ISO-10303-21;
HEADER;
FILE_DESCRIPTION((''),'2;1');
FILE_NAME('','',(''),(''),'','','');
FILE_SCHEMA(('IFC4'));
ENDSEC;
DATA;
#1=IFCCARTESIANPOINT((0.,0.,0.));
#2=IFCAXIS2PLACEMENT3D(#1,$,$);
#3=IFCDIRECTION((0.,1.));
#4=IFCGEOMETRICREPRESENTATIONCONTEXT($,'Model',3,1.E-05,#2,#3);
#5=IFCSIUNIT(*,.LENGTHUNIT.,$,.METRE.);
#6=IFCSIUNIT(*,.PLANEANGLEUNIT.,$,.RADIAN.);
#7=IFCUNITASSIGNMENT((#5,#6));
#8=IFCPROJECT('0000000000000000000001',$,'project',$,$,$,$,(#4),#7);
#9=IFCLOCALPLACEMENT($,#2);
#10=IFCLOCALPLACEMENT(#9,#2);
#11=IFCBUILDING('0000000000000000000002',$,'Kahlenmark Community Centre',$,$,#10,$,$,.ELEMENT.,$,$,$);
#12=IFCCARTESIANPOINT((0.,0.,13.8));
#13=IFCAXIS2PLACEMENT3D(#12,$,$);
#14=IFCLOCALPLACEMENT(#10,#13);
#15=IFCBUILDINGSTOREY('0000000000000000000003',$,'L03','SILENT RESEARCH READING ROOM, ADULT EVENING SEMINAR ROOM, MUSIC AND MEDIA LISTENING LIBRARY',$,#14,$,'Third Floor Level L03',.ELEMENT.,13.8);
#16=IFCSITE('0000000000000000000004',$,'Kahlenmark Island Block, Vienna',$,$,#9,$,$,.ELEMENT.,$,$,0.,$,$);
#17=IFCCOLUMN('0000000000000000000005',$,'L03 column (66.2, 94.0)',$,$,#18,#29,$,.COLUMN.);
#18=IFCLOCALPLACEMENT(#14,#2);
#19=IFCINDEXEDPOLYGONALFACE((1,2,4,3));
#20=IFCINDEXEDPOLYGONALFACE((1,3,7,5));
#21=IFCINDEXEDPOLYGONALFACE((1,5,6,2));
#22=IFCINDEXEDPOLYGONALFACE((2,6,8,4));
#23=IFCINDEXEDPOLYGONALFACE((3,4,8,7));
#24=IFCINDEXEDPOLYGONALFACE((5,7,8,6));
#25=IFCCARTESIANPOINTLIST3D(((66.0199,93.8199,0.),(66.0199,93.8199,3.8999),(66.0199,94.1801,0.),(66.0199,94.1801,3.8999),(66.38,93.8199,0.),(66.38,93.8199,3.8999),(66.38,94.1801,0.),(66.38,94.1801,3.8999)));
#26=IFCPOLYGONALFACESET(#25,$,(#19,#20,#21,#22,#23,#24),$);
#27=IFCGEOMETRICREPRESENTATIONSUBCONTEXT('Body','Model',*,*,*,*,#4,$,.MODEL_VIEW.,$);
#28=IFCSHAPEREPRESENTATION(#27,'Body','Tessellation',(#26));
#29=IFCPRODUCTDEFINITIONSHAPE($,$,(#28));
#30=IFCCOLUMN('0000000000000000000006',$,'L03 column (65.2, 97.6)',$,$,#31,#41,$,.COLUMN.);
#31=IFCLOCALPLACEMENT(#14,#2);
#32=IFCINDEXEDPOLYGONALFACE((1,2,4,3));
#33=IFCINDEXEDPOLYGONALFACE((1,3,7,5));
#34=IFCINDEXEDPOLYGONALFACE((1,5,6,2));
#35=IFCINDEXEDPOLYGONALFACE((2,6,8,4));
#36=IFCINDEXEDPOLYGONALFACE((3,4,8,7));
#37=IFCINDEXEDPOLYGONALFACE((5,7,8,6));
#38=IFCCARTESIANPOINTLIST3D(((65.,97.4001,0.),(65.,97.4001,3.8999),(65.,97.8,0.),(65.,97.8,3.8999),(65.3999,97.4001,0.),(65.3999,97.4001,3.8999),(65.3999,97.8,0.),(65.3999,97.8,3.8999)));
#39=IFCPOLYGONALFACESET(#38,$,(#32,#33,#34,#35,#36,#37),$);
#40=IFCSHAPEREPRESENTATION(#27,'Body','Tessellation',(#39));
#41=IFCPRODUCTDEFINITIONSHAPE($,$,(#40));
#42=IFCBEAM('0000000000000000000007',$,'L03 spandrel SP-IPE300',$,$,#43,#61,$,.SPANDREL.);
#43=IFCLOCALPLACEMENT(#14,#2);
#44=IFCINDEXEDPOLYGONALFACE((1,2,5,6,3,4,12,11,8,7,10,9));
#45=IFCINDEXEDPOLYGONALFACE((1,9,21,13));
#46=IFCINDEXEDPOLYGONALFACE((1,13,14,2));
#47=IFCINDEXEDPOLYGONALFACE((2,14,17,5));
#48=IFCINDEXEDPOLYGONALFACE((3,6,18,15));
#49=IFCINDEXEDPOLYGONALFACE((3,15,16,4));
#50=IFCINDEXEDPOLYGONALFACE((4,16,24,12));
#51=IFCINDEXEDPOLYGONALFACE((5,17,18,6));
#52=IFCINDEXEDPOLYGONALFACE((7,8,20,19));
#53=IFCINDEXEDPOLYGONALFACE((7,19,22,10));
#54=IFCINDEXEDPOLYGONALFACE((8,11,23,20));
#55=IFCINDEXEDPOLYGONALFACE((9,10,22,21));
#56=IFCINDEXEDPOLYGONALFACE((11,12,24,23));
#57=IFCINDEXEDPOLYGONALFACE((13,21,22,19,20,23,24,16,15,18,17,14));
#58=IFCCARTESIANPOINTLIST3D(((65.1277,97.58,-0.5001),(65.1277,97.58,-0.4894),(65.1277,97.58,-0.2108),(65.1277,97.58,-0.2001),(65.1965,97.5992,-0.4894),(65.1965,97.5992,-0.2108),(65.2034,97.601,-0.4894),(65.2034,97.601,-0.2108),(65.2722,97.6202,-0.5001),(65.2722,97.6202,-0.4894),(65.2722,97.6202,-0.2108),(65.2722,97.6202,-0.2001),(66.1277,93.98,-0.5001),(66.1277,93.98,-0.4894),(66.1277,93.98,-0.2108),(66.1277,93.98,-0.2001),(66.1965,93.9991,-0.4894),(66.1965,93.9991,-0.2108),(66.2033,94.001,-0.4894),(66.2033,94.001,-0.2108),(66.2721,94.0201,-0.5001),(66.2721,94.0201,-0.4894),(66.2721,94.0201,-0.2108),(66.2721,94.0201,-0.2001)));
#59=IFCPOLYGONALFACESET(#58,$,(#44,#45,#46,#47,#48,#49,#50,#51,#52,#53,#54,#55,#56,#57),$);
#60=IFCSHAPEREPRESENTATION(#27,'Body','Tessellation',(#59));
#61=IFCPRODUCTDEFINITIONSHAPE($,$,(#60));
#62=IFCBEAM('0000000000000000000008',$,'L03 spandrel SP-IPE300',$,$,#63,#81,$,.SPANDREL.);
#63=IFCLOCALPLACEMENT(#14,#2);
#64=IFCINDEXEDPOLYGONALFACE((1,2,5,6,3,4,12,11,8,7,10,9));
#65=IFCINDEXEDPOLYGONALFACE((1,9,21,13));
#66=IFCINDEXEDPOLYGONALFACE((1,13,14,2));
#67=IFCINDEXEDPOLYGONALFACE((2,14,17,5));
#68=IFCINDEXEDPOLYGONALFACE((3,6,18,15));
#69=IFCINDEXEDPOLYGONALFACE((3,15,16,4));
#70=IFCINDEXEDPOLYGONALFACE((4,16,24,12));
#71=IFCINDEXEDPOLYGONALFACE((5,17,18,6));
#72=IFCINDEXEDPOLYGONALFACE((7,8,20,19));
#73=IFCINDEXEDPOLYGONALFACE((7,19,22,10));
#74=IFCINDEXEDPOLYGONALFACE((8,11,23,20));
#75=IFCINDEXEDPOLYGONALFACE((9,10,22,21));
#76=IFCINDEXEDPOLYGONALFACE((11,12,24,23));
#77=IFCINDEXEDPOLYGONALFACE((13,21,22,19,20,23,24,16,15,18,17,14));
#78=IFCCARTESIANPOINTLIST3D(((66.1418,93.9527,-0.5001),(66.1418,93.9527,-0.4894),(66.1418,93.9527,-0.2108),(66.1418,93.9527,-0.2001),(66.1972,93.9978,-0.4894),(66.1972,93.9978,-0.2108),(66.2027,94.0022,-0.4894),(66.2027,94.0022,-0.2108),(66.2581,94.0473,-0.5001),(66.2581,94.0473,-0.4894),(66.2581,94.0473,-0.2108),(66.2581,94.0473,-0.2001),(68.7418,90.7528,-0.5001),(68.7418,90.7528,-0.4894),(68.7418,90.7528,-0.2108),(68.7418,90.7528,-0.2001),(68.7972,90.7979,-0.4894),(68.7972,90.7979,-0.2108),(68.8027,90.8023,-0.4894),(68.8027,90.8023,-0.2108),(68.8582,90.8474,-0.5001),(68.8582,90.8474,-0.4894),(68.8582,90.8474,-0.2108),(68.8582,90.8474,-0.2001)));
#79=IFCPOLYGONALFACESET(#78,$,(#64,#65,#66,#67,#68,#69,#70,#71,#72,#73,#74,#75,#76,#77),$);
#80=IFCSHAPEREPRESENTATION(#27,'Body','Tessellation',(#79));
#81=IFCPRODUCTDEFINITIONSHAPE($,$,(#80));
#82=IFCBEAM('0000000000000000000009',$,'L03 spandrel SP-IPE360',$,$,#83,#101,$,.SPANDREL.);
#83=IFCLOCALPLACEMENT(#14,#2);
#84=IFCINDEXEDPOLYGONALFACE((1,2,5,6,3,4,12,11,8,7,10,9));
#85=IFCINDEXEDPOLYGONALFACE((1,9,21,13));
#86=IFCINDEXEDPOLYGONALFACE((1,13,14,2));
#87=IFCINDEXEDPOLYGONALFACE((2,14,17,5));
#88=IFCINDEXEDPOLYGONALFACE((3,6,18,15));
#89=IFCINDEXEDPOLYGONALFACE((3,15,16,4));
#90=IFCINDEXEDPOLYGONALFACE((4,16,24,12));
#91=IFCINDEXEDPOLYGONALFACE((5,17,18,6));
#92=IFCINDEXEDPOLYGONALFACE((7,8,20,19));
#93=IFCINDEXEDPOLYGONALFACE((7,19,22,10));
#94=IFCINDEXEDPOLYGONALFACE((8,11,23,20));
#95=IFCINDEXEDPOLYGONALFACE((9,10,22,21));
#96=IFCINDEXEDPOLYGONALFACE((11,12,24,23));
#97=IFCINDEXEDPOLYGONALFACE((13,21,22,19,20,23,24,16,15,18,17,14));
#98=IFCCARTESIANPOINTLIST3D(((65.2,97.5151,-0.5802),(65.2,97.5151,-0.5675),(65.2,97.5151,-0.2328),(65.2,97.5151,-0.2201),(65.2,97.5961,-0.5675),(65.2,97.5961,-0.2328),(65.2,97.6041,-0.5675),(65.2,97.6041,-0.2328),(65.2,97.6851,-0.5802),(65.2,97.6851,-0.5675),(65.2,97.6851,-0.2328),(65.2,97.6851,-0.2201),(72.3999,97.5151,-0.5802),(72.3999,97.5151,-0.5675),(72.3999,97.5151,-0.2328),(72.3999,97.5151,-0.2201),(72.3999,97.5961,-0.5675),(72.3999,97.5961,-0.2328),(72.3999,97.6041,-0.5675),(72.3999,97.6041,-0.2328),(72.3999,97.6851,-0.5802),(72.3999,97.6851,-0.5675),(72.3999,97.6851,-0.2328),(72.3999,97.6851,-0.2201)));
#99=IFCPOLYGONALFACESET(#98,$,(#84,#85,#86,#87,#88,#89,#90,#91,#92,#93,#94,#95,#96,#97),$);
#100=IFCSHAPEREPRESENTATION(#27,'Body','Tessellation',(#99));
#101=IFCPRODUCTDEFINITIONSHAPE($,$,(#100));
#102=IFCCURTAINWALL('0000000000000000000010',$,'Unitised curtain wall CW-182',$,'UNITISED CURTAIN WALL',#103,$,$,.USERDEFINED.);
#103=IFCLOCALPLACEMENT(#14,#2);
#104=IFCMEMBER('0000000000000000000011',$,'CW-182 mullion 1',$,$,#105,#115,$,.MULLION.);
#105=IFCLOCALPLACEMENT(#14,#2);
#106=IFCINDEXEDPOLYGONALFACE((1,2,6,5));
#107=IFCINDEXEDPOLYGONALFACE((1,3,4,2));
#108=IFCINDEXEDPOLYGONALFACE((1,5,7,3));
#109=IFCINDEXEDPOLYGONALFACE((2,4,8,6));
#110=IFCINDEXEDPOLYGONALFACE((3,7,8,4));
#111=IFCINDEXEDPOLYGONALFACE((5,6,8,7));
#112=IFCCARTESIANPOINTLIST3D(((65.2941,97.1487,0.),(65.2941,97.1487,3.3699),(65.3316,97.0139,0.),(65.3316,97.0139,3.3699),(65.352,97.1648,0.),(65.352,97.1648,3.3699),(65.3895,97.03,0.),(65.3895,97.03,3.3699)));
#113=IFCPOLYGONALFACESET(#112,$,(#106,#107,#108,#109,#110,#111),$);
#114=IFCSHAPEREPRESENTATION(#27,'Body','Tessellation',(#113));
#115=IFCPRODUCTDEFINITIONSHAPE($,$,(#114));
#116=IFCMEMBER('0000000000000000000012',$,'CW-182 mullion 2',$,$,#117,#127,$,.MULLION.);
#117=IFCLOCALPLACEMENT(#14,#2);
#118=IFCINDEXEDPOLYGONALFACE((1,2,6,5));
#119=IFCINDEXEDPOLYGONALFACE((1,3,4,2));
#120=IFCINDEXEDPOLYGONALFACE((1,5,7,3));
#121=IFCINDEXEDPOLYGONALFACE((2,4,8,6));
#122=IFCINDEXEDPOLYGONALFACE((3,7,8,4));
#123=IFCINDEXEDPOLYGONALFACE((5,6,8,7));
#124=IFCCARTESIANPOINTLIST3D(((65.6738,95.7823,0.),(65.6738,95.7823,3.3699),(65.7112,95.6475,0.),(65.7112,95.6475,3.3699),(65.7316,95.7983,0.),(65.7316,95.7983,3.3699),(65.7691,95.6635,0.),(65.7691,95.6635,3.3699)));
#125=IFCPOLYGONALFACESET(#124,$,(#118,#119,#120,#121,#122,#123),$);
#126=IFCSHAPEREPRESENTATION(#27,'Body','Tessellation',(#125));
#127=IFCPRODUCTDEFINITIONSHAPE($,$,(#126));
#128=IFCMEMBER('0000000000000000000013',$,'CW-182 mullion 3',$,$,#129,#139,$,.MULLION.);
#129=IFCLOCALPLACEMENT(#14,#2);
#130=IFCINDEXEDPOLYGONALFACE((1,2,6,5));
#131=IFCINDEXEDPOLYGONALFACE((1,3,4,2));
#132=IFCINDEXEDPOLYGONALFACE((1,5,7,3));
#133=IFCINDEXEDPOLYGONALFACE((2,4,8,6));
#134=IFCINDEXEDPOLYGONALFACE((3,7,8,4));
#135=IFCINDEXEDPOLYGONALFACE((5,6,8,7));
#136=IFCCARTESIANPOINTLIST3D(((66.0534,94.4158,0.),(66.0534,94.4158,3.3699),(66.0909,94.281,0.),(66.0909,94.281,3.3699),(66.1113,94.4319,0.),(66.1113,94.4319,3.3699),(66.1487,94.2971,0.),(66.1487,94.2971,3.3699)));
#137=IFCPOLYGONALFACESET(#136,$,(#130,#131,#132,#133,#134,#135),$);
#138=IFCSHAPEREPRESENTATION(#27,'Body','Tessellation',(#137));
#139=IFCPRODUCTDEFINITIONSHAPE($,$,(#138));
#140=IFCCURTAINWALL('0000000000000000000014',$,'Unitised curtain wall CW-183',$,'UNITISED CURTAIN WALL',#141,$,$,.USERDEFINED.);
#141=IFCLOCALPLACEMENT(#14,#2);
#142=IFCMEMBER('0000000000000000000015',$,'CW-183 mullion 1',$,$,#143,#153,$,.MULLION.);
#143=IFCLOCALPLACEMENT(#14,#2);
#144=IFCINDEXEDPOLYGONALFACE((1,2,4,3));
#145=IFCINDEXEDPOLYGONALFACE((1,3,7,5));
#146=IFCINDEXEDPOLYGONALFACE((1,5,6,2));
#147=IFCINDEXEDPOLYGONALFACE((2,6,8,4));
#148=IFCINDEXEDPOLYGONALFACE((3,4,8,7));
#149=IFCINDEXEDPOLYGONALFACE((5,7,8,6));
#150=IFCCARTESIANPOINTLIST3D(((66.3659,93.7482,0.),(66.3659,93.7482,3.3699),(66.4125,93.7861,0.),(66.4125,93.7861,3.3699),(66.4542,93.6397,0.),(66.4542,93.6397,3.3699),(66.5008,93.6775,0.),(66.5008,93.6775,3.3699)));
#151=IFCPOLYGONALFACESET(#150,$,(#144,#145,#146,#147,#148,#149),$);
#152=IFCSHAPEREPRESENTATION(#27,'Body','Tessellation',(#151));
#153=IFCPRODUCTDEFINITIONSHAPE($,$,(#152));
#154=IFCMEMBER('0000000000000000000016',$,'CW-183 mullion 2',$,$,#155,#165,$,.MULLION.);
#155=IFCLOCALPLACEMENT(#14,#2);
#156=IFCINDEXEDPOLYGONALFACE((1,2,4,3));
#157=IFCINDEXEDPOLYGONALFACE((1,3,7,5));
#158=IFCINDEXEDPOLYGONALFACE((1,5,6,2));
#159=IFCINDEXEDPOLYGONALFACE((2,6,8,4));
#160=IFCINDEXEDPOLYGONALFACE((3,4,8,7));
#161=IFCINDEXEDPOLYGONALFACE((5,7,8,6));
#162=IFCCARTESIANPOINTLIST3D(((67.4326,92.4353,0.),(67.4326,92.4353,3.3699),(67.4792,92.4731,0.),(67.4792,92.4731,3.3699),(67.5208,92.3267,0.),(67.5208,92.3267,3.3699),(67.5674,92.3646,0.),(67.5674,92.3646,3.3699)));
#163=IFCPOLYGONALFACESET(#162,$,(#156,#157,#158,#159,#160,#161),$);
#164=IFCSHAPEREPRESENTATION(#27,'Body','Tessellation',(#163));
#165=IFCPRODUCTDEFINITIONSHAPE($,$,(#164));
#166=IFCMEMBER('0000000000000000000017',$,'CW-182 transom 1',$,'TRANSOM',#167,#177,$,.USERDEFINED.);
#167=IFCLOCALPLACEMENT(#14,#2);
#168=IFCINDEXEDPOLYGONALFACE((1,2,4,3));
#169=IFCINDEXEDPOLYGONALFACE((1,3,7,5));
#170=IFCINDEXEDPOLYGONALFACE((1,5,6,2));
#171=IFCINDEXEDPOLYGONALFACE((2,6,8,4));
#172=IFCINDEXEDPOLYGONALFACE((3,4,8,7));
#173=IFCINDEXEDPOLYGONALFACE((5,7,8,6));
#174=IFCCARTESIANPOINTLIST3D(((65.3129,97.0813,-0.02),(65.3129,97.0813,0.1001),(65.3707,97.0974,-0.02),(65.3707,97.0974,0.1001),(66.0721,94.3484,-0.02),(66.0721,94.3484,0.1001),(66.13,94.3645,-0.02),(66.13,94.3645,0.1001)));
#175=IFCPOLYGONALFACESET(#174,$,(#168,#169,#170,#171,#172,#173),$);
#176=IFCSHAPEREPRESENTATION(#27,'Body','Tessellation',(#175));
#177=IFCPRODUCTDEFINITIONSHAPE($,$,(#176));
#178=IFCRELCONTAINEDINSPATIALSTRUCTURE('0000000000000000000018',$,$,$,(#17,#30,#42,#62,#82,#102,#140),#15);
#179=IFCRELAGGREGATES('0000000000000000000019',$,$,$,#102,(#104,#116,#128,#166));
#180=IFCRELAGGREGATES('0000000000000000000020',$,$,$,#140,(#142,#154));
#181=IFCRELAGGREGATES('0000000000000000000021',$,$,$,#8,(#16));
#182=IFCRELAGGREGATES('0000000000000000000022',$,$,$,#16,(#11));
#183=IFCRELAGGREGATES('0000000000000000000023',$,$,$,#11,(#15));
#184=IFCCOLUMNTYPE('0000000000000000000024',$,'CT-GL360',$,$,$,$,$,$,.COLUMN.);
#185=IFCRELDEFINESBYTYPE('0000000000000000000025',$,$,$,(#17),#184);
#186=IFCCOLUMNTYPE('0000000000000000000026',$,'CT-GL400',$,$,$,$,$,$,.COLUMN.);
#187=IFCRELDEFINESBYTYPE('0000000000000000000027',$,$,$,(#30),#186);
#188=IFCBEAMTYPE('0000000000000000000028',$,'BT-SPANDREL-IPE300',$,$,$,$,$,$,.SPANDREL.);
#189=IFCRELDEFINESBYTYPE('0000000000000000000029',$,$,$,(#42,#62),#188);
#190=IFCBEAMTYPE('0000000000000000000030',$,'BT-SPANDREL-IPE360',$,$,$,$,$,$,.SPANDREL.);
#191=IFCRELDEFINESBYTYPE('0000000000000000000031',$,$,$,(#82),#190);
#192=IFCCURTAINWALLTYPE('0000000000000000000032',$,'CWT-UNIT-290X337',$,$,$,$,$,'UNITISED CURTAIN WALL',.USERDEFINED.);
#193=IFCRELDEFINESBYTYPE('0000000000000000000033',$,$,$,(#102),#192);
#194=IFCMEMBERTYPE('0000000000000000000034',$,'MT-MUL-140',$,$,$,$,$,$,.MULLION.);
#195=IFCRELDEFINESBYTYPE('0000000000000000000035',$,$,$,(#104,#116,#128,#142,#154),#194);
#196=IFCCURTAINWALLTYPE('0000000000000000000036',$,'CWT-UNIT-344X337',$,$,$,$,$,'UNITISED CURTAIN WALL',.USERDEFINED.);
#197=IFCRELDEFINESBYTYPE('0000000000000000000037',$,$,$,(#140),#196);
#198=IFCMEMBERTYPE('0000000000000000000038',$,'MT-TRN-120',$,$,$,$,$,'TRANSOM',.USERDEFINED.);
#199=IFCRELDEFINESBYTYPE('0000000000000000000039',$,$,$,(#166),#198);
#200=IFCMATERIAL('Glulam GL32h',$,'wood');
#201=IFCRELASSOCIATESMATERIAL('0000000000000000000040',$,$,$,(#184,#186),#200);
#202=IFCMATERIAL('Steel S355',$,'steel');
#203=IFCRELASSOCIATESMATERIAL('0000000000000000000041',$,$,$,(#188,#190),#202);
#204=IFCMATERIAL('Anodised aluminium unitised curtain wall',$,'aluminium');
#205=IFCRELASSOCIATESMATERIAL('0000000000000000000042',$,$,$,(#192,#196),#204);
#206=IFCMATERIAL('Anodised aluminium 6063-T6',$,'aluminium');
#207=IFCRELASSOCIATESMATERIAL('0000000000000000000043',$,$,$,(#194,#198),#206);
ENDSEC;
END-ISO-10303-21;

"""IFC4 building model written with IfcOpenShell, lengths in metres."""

from ifc_helpers import new_model, si_unit, direction, frame, origin, origin_2d, place, context, subcontext, project, spatial, rectangle, i_section, extrude, material, material_profile, profile_set, type_object, element, aggregate, save


model = new_model("IFC4")

# Units and contexts
model_context = context("Model", 3, precision=1e-05, world=origin(), true_north=direction((0.0, 1.0)))
body_context = subcontext(model_context, "Body", "Model", "MODEL_VIEW")
ifc_project = project(units=[si_unit("LENGTHUNIT", "METRE"), si_unit("PLANEANGLEUNIT", "RADIAN")], contexts=[model_context])

# Site, building, storey
site_placement = place(None, origin())
site = spatial("IfcSite", under=ifc_project, at=site_placement, Name="Kahlenmark Island Block, Vienna", CompositionType="ELEMENT", RefElevation=0.0)
building_placement = place(site_placement, origin())
building = spatial("IfcBuilding", under=site, at=building_placement, Name="Kahlenmark Community Centre", CompositionType="ELEMENT")
storey_placement = place(building_placement, frame((0.0, 0.0, 13.8)))
storey = spatial("IfcBuildingStorey", under=building, at=storey_placement, Name="L03", Description="SILENT RESEARCH READING ROOM, ADULT EVENING SEMINAR ROOM, MUSIC AND MEDIA LISTENING LIBRARY", LongName="Third Floor Level L03", CompositionType="ELEMENT", Elevation=13.8)

# Columns
ifc_material_1 = material(Name="Glulam GL32h", Category="wood")
ifc_material_profile_1 = material_profile(ifc_material_1, rectangle(XDim=0.3601, YDim=0.3601, at=origin_2d()), Name="GL32h 360x360")
ifc_profile_set_1 = profile_set([ifc_material_profile_1], Name="Glulam GL32h")
column_type_1 = type_object("IfcColumnType", Name="CT-GL360", PredefinedType="COLUMN", material=ifc_profile_set_1)
column_1_placement = place(storey_placement, frame((66.2, 94.0, 0.0), z_axis=(0.0, 0.0, 1.0), x_axis=(1.0, 0.0, 0.0)))
element("IfcColumn", 1, at=column_1_placement, inside=storey, type_object=column_type_1, Name="L03 column (66.2, 94.0)", PredefinedType="COLUMN", context=body_context, shape_type="SweptSolid", body=[
    extrude(rectangle(XDim=0.3601, YDim=0.3601, at=origin_2d()), origin(), (0.0, 0.0, 1.0), 3.8999),
])
ifc_material_profile_2 = material_profile(ifc_material_1, rectangle(XDim=0.3999, YDim=0.3999, at=origin_2d()), Name="GL32h 400x400")
ifc_profile_set_2 = profile_set([ifc_material_profile_2], Name="Glulam GL32h")
column_type_2 = type_object("IfcColumnType", Name="CT-GL400", PredefinedType="COLUMN", material=ifc_profile_set_2)
column_2_placement = place(storey_placement, frame((65.2, 97.6001, 0.0), z_axis=(0.0, 0.0, 1.0), x_axis=(1.0, 0.0, 0.0)))
element("IfcColumn", 2, at=column_2_placement, inside=storey, type_object=column_type_2, Name="L03 column (65.2, 97.6)", PredefinedType="COLUMN", context=body_context, shape_type="SweptSolid", body=[
    extrude(rectangle(XDim=0.3999, YDim=0.3999, at=origin_2d()), origin(), (0.0, 0.0, 1.0), 3.8999),
])

# Beams
ifc_material_2 = material(Name="Steel S355", Category="steel")
ifc_material_profile_3 = material_profile(ifc_material_2, i_section(OverallWidth=0.1499, OverallDepth=0.3, WebThickness=0.0071, FlangeThickness=0.0107, at=origin_2d()), Name="IPE 300")
ifc_profile_set_3 = profile_set([ifc_material_profile_3], Name="Steel S355")
beam_type_1 = type_object("IfcBeamType", Name="BT-SPANDREL-IPE300", PredefinedType="SPANDREL", material=ifc_profile_set_3)
beam_1_placement = place(storey_placement, frame((65.2, 97.6001, -0.3501), z_axis=(0.267637, -0.96352, 0.0), x_axis=(0.96352, 0.267637, 0.0)))
element("IfcBeam", 3, at=beam_1_placement, inside=storey, type_object=beam_type_1, Name="L03 spandrel SP-IPE300", PredefinedType="SPANDREL", context=body_context, shape_type="SweptSolid", body=[
    extrude(i_section(OverallWidth=0.1499, OverallDepth=0.3, WebThickness=0.0071, FlangeThickness=0.0107, at=origin_2d()), origin(), (0.0, 0.0, 1.0), 3.7363),
])
beam_2_placement = place(storey_placement, frame((66.2, 94.0, -0.3501), z_axis=(0.630613, -0.776098, 0.0), x_axis=(0.776098, 0.630613, 0.0)))
element("IfcBeam", 4, at=beam_2_placement, inside=storey, type_object=beam_type_1, Name="L03 spandrel SP-IPE300", PredefinedType="SPANDREL", context=body_context, shape_type="SweptSolid", body=[
    extrude(i_section(OverallWidth=0.1499, OverallDepth=0.3, WebThickness=0.0071, FlangeThickness=0.0107, at=origin_2d()), origin(), (0.0, 0.0, 1.0), 4.123),
])
ifc_material_profile_4 = material_profile(ifc_material_2, i_section(OverallWidth=0.1699, OverallDepth=0.3601, WebThickness=0.0081, FlangeThickness=0.0127, at=origin_2d()), Name="IPE 360")
ifc_profile_set_4 = profile_set([ifc_material_profile_4], Name="Steel S355")
beam_type_2 = type_object("IfcBeamType", Name="BT-SPANDREL-IPE360", PredefinedType="SPANDREL", material=ifc_profile_set_4)
beam_3_placement = place(storey_placement, frame((65.2, 97.6001, -0.4001), z_axis=(1.0, 0.0, 0.0), x_axis=(0.0, 1.0, 0.0)))
element("IfcBeam", 5, at=beam_3_placement, inside=storey, type_object=beam_type_2, Name="L03 spandrel SP-IPE360", PredefinedType="SPANDREL", context=body_context, shape_type="SweptSolid", body=[
    extrude(i_section(OverallWidth=0.1699, OverallDepth=0.3601, WebThickness=0.0081, FlangeThickness=0.0127, at=origin_2d()), origin(), (0.0, 0.0, 1.0), 7.2),
])

# Curtain walls, members
ifc_material_3 = material(Name="Anodised aluminium unitised curtain wall", Category="aluminium")
curtain_wall_type_1 = type_object("IfcCurtainWallType", Name="CWT-UNIT-290X337", ElementType="UNITISED CURTAIN WALL", PredefinedType="USERDEFINED", material=ifc_material_3)
curtain_wall_1_placement = place(storey_placement, origin())
curtain_wall_1 = element("IfcCurtainWall", 6, at=curtain_wall_1_placement, inside=storey, type_object=curtain_wall_type_1, Name="Unitised curtain wall CW-182", ObjectType="UNITISED CURTAIN WALL", PredefinedType="USERDEFINED")
ifc_material_4 = material(Name="Anodised aluminium 6063-T6", Category="aluminium")
ifc_material_profile_5 = material_profile(ifc_material_4, rectangle(XDim=0.0601, YDim=0.1399, at=origin_2d()), Name="ALU MULLION 60x140")
ifc_profile_set_5 = profile_set([ifc_material_profile_5], Name="Anodised aluminium 6063-T6")
member_type_1 = type_object("IfcMemberType", Name="MT-MUL-140", PredefinedType="MULLION", material=ifc_profile_set_5)
member_1_placement = place(storey_placement, frame((65.3418, 97.0894, 0.0), z_axis=(0.0, 0.0, 1.0), x_axis=(0.963515, 0.267654, 0.0)))
member_1 = element("IfcMember", 7, at=member_1_placement, type_object=member_type_1, Name="CW-182 mullion 1", PredefinedType="MULLION", context=body_context, shape_type="SweptSolid", body=[
    extrude(rectangle(XDim=0.0601, YDim=0.1399, at=origin_2d()), origin(), (0.0, 0.0, 1.0), 3.3699),
])
member_2_placement = place(storey_placement, frame((65.7214, 95.7229, 0.0), z_axis=(0.0, 0.0, 1.0), x_axis=(0.963515, 0.267654, 0.0)))
member_2 = element("IfcMember", 8, at=member_2_placement, type_object=member_type_1, Name="CW-182 mullion 2", PredefinedType="MULLION", context=body_context, shape_type="SweptSolid", body=[
    extrude(rectangle(XDim=0.0601, YDim=0.1399, at=origin_2d()), origin(), (0.0, 0.0, 1.0), 3.3699),
])
member_3_placement = place(storey_placement, frame((66.1011, 94.3564, 0.0), z_axis=(0.0, 0.0, 1.0), x_axis=(0.963515, 0.267654, 0.0)))
member_3 = element("IfcMember", 9, at=member_3_placement, type_object=member_type_1, Name="CW-182 mullion 3", PredefinedType="MULLION", context=body_context, shape_type="SweptSolid", body=[
    extrude(rectangle(XDim=0.0601, YDim=0.1399, at=origin_2d()), origin(), (0.0, 0.0, 1.0), 3.3699),
])
curtain_wall_type_2 = type_object("IfcCurtainWallType", Name="CWT-UNIT-344X337", ElementType="UNITISED CURTAIN WALL", PredefinedType="USERDEFINED", material=ifc_material_3)
curtain_wall_2_placement = place(storey_placement, origin())
curtain_wall_2 = element("IfcCurtainWall", 10, at=curtain_wall_2_placement, inside=storey, type_object=curtain_wall_type_2, Name="Unitised curtain wall CW-183", ObjectType="UNITISED CURTAIN WALL", PredefinedType="USERDEFINED")
member_4_placement = place(storey_placement, frame((66.4333, 93.7129, 0.0), z_axis=(0.0, 0.0, 1.0), x_axis=(0.776109, 0.630599, 0.0)))
member_4 = element("IfcMember", 11, at=member_4_placement, type_object=member_type_1, Name="CW-183 mullion 1", PredefinedType="MULLION", context=body_context, shape_type="SweptSolid", body=[
    extrude(rectangle(XDim=0.0601, YDim=0.1399, at=origin_2d()), origin(), (0.0, 0.0, 1.0), 3.3699),
])
member_5_placement = place(storey_placement, frame((67.5, 92.3999, 0.0), z_axis=(0.0, 0.0, 1.0), x_axis=(0.776109, 0.630599, 0.0)))
member_5 = element("IfcMember", 12, at=member_5_placement, type_object=member_type_1, Name="CW-183 mullion 2", PredefinedType="MULLION", context=body_context, shape_type="SweptSolid", body=[
    extrude(rectangle(XDim=0.0601, YDim=0.1399, at=origin_2d()), origin(), (0.0, 0.0, 1.0), 3.3699),
])

# Member
ifc_material_profile_6 = material_profile(ifc_material_4, rectangle(XDim=0.0601, YDim=0.1201, at=origin_2d()), Name="ALU TRANSOM 60x120")
ifc_profile_set_6 = profile_set([ifc_material_profile_6], Name="Anodised aluminium 6063-T6")
member_type_2 = type_object("IfcMemberType", Name="MT-TRN-120", ElementType="TRANSOM", PredefinedType="USERDEFINED", material=ifc_profile_set_6)
member_6_placement = place(storey_placement, frame((65.3418, 97.0894, 0.04), z_axis=(0.267688, -0.963506, 0.0), x_axis=(0.963506, 0.267688, 0.0)))
member_6 = element("IfcMember", 13, at=member_6_placement, type_object=member_type_2, Name="CW-182 transom 1", ObjectType="TRANSOM", PredefinedType="USERDEFINED", context=body_context, shape_type="SweptSolid", body=[
    extrude(rectangle(XDim=0.0601, YDim=0.1201, at=origin_2d()), origin(), (0.0, 0.0, 1.0), 2.8364),
])

aggregate(curtain_wall_1, [member_1, member_2, member_3, member_6])
aggregate(curtain_wall_2, [member_4, member_5])

save(model, "model.ifc")
